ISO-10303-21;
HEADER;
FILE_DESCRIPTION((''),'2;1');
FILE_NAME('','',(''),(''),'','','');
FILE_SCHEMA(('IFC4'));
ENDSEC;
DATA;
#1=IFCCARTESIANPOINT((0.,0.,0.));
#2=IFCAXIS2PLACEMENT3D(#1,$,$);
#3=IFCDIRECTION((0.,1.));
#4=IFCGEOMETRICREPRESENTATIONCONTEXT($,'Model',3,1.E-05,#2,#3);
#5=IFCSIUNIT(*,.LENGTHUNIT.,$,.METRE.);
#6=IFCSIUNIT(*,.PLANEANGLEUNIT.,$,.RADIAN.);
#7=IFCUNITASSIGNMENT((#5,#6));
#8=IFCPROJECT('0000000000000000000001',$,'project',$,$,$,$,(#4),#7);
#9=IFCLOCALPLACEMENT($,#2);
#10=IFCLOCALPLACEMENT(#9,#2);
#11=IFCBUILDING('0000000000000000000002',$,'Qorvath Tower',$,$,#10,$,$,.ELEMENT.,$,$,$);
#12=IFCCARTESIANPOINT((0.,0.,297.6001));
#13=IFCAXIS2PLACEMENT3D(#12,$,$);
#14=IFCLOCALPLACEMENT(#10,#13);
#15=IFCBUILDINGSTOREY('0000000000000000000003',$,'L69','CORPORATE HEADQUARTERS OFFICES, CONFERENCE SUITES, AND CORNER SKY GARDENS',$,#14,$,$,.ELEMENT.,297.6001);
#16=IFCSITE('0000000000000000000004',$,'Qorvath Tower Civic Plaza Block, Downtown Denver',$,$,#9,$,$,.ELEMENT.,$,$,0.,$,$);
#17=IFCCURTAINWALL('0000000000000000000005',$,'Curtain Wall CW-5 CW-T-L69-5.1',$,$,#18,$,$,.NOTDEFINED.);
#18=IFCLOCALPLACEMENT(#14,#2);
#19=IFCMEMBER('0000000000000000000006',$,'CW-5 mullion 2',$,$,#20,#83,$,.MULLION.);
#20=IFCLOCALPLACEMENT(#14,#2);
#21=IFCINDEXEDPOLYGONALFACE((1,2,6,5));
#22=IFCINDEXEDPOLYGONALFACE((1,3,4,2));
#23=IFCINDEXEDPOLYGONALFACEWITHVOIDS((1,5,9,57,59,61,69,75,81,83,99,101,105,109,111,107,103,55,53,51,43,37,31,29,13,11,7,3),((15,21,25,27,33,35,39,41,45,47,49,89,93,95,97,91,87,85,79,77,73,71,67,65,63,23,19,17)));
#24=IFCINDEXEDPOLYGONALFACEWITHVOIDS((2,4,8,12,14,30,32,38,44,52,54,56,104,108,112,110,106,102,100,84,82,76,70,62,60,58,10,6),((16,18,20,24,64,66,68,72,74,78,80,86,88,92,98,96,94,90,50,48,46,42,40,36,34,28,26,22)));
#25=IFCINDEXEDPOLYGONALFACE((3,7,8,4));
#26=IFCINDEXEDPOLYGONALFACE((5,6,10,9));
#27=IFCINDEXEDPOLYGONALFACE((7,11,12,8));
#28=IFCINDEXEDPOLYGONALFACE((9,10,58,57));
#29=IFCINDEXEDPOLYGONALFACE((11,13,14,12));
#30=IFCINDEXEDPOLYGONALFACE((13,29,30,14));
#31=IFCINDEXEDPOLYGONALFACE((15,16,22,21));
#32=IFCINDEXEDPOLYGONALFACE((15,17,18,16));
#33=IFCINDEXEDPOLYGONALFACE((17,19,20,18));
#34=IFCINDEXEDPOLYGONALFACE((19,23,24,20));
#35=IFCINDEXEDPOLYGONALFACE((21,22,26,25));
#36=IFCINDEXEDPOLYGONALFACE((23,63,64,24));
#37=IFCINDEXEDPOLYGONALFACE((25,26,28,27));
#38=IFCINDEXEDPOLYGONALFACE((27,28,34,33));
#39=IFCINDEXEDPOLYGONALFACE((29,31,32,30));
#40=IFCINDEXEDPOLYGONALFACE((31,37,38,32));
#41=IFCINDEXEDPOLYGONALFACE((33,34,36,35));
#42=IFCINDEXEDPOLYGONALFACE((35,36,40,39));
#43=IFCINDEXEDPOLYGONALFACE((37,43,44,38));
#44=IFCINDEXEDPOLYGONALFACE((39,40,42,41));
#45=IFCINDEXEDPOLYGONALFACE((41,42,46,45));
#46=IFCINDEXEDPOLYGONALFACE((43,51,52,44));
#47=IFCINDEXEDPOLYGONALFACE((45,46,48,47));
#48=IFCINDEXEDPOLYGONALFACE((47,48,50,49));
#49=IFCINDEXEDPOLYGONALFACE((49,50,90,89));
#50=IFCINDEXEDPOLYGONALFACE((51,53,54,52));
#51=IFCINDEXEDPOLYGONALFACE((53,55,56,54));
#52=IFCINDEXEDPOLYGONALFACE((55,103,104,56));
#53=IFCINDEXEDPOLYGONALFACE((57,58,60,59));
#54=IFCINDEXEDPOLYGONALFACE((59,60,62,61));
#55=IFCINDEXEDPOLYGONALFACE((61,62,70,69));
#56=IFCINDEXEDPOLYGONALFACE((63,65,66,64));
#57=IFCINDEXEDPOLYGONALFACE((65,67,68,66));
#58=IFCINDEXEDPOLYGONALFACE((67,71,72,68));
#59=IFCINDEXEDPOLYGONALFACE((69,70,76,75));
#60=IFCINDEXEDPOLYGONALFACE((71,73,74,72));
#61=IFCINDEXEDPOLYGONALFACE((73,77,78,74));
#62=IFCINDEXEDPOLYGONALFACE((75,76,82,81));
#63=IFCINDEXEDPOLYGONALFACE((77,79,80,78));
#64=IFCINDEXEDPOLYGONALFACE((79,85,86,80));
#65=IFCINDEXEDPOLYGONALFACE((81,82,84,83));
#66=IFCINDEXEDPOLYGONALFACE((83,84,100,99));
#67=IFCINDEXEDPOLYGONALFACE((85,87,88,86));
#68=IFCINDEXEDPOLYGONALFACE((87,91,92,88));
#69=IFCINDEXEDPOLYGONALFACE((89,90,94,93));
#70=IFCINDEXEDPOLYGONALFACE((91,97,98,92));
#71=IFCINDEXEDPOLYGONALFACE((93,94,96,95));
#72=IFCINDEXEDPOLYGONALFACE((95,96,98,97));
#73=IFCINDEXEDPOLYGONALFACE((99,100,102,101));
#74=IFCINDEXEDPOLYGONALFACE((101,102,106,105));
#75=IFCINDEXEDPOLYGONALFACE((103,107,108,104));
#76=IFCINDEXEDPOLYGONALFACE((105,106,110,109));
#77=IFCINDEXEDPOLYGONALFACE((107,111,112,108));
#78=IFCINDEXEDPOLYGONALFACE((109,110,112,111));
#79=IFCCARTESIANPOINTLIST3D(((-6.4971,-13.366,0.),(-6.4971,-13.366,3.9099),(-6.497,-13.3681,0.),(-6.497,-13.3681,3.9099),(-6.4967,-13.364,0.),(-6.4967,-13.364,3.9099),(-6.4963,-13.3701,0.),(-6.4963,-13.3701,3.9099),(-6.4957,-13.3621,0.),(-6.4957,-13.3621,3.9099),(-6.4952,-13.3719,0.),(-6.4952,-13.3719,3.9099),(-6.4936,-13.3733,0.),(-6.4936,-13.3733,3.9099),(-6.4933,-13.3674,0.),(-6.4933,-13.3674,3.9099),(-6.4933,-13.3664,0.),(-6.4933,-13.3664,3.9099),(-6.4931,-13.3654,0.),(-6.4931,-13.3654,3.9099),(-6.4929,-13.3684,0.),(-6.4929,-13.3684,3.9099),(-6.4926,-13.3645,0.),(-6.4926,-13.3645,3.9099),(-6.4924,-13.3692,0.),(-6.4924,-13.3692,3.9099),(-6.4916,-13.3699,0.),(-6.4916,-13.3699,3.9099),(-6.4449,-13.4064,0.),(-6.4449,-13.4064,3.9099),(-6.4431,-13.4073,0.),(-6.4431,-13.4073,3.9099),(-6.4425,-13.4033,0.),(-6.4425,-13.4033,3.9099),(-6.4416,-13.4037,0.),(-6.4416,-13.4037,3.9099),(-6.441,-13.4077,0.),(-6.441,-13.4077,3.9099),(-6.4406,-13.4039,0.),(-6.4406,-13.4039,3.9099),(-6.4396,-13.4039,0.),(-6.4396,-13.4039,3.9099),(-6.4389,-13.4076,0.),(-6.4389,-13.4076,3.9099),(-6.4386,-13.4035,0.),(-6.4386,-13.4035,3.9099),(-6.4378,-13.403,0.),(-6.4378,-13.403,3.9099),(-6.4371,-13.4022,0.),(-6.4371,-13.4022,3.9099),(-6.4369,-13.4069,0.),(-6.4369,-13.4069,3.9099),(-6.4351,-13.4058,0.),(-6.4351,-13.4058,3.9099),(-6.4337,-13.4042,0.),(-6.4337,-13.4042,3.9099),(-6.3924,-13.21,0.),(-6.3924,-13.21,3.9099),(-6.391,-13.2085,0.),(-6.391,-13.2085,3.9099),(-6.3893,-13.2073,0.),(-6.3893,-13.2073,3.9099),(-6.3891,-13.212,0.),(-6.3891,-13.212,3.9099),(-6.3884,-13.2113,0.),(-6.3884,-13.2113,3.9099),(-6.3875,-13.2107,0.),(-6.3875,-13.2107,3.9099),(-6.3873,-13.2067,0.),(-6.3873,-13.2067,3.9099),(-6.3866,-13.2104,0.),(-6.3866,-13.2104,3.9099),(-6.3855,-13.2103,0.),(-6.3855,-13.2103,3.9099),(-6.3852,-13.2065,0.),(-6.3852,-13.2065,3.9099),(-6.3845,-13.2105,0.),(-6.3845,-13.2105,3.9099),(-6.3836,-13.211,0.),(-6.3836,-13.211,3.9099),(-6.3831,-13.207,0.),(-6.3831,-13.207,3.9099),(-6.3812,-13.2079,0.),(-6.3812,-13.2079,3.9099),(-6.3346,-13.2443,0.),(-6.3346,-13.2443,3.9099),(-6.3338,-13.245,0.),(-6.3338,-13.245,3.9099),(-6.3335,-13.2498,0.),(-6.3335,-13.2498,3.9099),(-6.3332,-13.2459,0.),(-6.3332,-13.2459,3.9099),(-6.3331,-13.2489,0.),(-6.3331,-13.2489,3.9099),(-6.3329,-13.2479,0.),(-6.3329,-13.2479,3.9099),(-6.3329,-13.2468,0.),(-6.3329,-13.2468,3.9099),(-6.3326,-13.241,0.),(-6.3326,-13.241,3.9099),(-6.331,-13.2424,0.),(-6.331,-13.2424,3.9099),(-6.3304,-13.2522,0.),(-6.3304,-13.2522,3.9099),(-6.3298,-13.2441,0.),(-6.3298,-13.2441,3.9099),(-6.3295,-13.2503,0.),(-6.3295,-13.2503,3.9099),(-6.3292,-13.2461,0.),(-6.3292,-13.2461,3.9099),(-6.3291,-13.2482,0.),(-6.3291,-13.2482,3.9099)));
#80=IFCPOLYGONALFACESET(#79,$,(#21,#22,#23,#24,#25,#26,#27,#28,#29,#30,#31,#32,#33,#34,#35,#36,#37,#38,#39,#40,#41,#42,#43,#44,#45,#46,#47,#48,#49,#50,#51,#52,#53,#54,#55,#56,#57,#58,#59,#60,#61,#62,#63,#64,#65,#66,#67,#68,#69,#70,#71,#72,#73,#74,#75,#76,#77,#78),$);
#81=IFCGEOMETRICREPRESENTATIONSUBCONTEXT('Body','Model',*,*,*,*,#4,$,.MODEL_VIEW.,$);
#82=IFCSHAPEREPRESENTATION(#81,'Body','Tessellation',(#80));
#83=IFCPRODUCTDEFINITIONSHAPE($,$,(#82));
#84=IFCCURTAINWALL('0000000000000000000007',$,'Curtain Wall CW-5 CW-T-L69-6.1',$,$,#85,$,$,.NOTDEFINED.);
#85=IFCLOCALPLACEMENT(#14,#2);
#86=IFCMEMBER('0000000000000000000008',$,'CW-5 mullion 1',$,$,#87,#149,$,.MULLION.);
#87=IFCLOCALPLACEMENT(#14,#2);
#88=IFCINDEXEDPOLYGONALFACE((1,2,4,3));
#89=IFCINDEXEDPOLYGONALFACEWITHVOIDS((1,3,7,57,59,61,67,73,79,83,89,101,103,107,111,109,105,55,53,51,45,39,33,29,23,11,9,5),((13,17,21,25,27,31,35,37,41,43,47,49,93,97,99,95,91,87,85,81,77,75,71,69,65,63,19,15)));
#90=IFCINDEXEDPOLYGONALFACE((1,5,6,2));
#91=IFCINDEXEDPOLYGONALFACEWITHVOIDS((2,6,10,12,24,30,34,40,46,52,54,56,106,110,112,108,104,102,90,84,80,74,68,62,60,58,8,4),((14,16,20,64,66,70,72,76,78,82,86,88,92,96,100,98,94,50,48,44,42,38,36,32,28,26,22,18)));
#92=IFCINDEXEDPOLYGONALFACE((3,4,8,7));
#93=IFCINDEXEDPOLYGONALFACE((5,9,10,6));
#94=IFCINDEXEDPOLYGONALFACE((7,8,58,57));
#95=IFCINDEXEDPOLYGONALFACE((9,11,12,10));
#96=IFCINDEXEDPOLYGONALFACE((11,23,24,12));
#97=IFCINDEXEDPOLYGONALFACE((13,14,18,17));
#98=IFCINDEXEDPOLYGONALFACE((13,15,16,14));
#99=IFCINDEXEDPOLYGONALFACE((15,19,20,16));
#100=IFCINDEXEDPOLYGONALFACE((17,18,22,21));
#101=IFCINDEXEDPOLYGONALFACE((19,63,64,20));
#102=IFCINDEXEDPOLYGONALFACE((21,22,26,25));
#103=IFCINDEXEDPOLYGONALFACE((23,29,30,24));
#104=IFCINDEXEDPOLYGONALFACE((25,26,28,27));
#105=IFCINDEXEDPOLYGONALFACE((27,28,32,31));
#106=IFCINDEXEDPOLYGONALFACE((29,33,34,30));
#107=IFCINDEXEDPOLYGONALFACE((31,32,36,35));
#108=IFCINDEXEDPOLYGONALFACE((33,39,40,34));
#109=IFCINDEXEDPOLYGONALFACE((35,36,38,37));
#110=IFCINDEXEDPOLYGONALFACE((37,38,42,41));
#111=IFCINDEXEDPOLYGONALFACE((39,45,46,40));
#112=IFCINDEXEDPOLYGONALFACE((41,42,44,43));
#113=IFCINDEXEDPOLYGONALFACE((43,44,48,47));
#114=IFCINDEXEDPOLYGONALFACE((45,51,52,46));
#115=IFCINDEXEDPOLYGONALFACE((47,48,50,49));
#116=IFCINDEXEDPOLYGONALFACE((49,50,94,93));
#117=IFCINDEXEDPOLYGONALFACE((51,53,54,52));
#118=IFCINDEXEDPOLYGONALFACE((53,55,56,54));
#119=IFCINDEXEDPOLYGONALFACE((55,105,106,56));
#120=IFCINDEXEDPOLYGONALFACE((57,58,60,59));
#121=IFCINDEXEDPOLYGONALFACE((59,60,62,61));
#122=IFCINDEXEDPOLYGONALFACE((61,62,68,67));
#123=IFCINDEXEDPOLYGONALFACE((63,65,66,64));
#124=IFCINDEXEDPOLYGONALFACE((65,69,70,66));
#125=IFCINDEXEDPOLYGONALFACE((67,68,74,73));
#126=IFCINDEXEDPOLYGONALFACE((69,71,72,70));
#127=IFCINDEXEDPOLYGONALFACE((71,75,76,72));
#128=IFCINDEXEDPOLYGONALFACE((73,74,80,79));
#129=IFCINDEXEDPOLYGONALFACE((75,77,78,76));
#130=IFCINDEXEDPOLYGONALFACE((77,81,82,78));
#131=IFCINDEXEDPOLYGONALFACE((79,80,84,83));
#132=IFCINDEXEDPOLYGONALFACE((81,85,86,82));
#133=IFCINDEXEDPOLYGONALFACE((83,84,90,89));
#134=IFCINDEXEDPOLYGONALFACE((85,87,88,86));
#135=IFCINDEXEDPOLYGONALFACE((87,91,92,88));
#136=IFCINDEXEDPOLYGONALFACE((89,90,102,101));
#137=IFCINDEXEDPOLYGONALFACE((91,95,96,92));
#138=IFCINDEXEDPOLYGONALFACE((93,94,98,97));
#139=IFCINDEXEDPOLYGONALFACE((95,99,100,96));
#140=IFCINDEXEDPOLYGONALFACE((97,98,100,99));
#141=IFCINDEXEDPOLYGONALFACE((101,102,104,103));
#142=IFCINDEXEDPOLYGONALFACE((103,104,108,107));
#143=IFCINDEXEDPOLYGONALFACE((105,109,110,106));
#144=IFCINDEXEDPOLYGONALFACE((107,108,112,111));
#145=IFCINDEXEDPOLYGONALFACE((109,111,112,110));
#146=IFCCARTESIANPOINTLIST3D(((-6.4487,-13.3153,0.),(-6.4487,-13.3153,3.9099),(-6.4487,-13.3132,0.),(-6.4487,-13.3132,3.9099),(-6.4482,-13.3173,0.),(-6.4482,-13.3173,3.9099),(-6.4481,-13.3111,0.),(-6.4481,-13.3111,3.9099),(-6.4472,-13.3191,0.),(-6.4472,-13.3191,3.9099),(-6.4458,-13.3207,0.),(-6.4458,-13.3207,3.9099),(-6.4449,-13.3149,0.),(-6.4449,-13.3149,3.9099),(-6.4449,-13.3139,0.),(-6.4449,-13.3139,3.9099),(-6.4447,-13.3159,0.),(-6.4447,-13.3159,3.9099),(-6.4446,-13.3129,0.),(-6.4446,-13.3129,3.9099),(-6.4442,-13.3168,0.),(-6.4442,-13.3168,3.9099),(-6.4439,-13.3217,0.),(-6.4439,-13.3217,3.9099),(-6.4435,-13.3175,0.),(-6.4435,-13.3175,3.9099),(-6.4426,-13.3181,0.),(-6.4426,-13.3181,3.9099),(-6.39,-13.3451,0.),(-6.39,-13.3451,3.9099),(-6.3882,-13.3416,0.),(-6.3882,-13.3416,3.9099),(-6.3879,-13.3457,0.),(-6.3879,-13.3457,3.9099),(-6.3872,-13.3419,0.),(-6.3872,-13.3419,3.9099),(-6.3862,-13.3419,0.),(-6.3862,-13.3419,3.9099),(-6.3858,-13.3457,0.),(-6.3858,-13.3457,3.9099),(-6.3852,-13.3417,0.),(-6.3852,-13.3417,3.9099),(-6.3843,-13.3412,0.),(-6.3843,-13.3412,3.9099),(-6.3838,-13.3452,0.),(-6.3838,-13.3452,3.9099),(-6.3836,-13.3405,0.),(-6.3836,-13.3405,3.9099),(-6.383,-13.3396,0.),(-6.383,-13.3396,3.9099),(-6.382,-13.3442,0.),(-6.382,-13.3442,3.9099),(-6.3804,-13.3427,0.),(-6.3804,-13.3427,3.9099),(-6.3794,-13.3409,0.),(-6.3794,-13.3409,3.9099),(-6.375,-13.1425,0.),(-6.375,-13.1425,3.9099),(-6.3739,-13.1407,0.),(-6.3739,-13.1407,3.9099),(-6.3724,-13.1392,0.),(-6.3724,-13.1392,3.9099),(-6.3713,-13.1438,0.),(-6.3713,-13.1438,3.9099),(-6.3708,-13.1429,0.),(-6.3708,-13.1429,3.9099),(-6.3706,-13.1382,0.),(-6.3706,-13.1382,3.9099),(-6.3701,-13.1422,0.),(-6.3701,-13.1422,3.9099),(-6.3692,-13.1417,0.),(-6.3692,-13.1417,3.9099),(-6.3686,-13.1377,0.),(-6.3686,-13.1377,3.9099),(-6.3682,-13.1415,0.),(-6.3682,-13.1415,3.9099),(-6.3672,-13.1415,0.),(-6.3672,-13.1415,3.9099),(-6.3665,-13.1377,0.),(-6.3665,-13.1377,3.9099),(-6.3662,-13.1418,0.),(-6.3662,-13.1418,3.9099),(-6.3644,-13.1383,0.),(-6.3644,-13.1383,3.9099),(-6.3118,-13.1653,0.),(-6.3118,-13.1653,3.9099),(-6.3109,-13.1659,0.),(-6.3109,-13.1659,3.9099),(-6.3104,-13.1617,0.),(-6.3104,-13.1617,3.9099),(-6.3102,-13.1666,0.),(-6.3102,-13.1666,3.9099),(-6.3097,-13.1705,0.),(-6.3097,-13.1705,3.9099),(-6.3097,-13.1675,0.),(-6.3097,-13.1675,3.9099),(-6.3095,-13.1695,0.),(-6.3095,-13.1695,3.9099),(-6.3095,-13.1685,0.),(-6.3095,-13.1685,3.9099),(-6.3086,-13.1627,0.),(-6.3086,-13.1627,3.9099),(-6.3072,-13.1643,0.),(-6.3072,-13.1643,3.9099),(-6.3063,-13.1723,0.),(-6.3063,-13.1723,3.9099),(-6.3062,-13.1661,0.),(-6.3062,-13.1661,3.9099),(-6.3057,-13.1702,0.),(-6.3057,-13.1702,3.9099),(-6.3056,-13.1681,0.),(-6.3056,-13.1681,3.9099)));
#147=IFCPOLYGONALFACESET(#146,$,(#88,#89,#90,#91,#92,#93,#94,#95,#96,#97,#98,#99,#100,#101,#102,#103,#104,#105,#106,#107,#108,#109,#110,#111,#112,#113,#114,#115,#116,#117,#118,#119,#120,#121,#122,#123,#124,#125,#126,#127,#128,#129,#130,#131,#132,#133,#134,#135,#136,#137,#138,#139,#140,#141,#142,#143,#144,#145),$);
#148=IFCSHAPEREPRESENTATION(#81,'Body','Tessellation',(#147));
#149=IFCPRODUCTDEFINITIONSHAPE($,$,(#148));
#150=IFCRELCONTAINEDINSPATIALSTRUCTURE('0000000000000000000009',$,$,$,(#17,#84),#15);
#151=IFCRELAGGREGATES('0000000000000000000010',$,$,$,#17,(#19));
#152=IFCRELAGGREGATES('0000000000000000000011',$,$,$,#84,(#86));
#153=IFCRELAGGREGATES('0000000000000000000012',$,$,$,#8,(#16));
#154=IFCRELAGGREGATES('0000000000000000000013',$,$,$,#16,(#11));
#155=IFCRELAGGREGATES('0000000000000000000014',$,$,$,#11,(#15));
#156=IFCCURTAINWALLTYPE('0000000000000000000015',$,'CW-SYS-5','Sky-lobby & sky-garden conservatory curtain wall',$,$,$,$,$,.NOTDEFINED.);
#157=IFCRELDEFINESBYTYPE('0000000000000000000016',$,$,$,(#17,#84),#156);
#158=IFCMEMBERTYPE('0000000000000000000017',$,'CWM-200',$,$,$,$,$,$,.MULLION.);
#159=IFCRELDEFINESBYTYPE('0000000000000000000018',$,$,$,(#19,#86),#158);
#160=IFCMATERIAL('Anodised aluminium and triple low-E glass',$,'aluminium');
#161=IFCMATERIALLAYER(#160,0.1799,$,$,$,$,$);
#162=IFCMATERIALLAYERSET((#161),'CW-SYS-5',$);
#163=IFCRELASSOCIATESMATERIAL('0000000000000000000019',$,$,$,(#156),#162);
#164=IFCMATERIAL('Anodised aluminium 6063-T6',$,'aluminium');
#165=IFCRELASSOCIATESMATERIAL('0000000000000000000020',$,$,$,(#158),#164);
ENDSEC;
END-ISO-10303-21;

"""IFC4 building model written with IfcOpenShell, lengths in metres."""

from ifc_helpers import new_model, si_unit, direction, frame, origin, origin_2d, place, context, subcontext, project, spatial, hollow_rectangle, extrude, material, layer, layer_set, material_profile, profile_set, type_object, element, aggregate, save


model = new_model("IFC4")

# Units and contexts
model_context = context("Model", 3, precision=1e-05, world=origin(), true_north=direction((0.0, 1.0)))
body_context = subcontext(model_context, "Body", "Model", "MODEL_VIEW")
ifc_project = project(units=[si_unit("LENGTHUNIT", "METRE"), si_unit("PLANEANGLEUNIT", "RADIAN")], contexts=[model_context])

# Site, building, storey
site_placement = place(None, origin())
site = spatial("IfcSite", under=ifc_project, at=site_placement, Name="Qorvath Tower Civic Plaza Block, Downtown Denver", CompositionType="ELEMENT", RefElevation=0.0)
building_placement = place(site_placement, origin())
building = spatial("IfcBuilding", under=site, at=building_placement, Name="Qorvath Tower", CompositionType="ELEMENT")
storey_placement = place(building_placement, frame((0.0, 0.0, 297.6001)))
storey = spatial("IfcBuildingStorey", under=building, at=storey_placement, Name="L69", Description="CORPORATE HEADQUARTERS OFFICES, CONFERENCE SUITES, AND CORNER SKY GARDENS", CompositionType="ELEMENT", Elevation=297.6001)

# Shared definitions
ifc_material_1 = material(Name="Anodised aluminium and triple low-E glass", Category="aluminium")
ifc_layer_1 = layer(ifc_material_1, 0.1799)
ifc_layer_set_1 = layer_set([ifc_layer_1], Name="CW-SYS-5")
curtain_wall_type = type_object("IfcCurtainWallType", Name="CW-SYS-5", Description="Sky-lobby & sky-garden conservatory curtain wall", PredefinedType="NOTDEFINED", material=ifc_layer_set_1)
ifc_material_2 = material(Name="Anodised aluminium 6063-T6", Category="aluminium")
ifc_material_profile_1 = material_profile(ifc_material_2, hollow_rectangle(XDim=0.075, YDim=0.2, WallThickness=0.0039, InnerFilletRadius=0.0039, OuterFilletRadius=0.0081, at=origin_2d()), Name="CWM 200x75")
ifc_profile_set_1 = profile_set([ifc_material_profile_1], Name="Anodised aluminium 6063-T6")
member_type_1 = type_object("IfcMemberType", Name="CWM-200", PredefinedType="MULLION", material=ifc_profile_set_1)

# Curtain walls, members
curtain_wall_1_placement = place(storey_placement, origin())
curtain_wall_1 = element("IfcCurtainWall", 1, at=curtain_wall_1_placement, inside=storey, type_object=curtain_wall_type, Name="Curtain Wall CW-5 CW-T-L69-5.1", PredefinedType="NOTDEFINED")
member_1_placement = place(storey_placement, frame((-6.4131, -13.3071, 0.0), z_axis=(0.0, 0.0, 1.0), x_axis=(-0.827147, 0.561985, 0.0)))
member_1 = element("IfcMember", 2, at=member_1_placement, type_object=member_type_1, Name="CW-5 mullion 2", PredefinedType="MULLION", context=body_context, shape_type="SweptSolid", body=[
    extrude(hollow_rectangle(XDim=0.075, YDim=0.2, WallThickness=0.0039, InnerFilletRadius=0.0039, OuterFilletRadius=0.0081, at=origin_2d()), origin(), (0.0, 0.0, 1.0), 3.9099),
])
curtain_wall_2_placement = place(storey_placement, origin())
curtain_wall_2 = element("IfcCurtainWall", 3, at=curtain_wall_2_placement, inside=storey, type_object=curtain_wall_type, Name="Curtain Wall CW-5 CW-T-L69-6.1", PredefinedType="NOTDEFINED")
member_2_placement = place(storey_placement, frame((-6.3772, -13.2417, 0.0), z_axis=(0.0, 0.0, 1.0), x_axis=(-0.917534, 0.397658, 0.0)))
member_2 = element("IfcMember", 4, at=member_2_placement, type_object=member_type_1, Name="CW-5 mullion 1", PredefinedType="MULLION", context=body_context, shape_type="SweptSolid", body=[
    extrude(hollow_rectangle(XDim=0.075, YDim=0.2, WallThickness=0.0039, InnerFilletRadius=0.0039, OuterFilletRadius=0.0081, at=origin_2d()), origin(), (0.0, 0.0, 1.0), 3.9099),
])

aggregate(curtain_wall_1, [member_1])
aggregate(curtain_wall_2, [member_2])

save(model, "model.ifc")
